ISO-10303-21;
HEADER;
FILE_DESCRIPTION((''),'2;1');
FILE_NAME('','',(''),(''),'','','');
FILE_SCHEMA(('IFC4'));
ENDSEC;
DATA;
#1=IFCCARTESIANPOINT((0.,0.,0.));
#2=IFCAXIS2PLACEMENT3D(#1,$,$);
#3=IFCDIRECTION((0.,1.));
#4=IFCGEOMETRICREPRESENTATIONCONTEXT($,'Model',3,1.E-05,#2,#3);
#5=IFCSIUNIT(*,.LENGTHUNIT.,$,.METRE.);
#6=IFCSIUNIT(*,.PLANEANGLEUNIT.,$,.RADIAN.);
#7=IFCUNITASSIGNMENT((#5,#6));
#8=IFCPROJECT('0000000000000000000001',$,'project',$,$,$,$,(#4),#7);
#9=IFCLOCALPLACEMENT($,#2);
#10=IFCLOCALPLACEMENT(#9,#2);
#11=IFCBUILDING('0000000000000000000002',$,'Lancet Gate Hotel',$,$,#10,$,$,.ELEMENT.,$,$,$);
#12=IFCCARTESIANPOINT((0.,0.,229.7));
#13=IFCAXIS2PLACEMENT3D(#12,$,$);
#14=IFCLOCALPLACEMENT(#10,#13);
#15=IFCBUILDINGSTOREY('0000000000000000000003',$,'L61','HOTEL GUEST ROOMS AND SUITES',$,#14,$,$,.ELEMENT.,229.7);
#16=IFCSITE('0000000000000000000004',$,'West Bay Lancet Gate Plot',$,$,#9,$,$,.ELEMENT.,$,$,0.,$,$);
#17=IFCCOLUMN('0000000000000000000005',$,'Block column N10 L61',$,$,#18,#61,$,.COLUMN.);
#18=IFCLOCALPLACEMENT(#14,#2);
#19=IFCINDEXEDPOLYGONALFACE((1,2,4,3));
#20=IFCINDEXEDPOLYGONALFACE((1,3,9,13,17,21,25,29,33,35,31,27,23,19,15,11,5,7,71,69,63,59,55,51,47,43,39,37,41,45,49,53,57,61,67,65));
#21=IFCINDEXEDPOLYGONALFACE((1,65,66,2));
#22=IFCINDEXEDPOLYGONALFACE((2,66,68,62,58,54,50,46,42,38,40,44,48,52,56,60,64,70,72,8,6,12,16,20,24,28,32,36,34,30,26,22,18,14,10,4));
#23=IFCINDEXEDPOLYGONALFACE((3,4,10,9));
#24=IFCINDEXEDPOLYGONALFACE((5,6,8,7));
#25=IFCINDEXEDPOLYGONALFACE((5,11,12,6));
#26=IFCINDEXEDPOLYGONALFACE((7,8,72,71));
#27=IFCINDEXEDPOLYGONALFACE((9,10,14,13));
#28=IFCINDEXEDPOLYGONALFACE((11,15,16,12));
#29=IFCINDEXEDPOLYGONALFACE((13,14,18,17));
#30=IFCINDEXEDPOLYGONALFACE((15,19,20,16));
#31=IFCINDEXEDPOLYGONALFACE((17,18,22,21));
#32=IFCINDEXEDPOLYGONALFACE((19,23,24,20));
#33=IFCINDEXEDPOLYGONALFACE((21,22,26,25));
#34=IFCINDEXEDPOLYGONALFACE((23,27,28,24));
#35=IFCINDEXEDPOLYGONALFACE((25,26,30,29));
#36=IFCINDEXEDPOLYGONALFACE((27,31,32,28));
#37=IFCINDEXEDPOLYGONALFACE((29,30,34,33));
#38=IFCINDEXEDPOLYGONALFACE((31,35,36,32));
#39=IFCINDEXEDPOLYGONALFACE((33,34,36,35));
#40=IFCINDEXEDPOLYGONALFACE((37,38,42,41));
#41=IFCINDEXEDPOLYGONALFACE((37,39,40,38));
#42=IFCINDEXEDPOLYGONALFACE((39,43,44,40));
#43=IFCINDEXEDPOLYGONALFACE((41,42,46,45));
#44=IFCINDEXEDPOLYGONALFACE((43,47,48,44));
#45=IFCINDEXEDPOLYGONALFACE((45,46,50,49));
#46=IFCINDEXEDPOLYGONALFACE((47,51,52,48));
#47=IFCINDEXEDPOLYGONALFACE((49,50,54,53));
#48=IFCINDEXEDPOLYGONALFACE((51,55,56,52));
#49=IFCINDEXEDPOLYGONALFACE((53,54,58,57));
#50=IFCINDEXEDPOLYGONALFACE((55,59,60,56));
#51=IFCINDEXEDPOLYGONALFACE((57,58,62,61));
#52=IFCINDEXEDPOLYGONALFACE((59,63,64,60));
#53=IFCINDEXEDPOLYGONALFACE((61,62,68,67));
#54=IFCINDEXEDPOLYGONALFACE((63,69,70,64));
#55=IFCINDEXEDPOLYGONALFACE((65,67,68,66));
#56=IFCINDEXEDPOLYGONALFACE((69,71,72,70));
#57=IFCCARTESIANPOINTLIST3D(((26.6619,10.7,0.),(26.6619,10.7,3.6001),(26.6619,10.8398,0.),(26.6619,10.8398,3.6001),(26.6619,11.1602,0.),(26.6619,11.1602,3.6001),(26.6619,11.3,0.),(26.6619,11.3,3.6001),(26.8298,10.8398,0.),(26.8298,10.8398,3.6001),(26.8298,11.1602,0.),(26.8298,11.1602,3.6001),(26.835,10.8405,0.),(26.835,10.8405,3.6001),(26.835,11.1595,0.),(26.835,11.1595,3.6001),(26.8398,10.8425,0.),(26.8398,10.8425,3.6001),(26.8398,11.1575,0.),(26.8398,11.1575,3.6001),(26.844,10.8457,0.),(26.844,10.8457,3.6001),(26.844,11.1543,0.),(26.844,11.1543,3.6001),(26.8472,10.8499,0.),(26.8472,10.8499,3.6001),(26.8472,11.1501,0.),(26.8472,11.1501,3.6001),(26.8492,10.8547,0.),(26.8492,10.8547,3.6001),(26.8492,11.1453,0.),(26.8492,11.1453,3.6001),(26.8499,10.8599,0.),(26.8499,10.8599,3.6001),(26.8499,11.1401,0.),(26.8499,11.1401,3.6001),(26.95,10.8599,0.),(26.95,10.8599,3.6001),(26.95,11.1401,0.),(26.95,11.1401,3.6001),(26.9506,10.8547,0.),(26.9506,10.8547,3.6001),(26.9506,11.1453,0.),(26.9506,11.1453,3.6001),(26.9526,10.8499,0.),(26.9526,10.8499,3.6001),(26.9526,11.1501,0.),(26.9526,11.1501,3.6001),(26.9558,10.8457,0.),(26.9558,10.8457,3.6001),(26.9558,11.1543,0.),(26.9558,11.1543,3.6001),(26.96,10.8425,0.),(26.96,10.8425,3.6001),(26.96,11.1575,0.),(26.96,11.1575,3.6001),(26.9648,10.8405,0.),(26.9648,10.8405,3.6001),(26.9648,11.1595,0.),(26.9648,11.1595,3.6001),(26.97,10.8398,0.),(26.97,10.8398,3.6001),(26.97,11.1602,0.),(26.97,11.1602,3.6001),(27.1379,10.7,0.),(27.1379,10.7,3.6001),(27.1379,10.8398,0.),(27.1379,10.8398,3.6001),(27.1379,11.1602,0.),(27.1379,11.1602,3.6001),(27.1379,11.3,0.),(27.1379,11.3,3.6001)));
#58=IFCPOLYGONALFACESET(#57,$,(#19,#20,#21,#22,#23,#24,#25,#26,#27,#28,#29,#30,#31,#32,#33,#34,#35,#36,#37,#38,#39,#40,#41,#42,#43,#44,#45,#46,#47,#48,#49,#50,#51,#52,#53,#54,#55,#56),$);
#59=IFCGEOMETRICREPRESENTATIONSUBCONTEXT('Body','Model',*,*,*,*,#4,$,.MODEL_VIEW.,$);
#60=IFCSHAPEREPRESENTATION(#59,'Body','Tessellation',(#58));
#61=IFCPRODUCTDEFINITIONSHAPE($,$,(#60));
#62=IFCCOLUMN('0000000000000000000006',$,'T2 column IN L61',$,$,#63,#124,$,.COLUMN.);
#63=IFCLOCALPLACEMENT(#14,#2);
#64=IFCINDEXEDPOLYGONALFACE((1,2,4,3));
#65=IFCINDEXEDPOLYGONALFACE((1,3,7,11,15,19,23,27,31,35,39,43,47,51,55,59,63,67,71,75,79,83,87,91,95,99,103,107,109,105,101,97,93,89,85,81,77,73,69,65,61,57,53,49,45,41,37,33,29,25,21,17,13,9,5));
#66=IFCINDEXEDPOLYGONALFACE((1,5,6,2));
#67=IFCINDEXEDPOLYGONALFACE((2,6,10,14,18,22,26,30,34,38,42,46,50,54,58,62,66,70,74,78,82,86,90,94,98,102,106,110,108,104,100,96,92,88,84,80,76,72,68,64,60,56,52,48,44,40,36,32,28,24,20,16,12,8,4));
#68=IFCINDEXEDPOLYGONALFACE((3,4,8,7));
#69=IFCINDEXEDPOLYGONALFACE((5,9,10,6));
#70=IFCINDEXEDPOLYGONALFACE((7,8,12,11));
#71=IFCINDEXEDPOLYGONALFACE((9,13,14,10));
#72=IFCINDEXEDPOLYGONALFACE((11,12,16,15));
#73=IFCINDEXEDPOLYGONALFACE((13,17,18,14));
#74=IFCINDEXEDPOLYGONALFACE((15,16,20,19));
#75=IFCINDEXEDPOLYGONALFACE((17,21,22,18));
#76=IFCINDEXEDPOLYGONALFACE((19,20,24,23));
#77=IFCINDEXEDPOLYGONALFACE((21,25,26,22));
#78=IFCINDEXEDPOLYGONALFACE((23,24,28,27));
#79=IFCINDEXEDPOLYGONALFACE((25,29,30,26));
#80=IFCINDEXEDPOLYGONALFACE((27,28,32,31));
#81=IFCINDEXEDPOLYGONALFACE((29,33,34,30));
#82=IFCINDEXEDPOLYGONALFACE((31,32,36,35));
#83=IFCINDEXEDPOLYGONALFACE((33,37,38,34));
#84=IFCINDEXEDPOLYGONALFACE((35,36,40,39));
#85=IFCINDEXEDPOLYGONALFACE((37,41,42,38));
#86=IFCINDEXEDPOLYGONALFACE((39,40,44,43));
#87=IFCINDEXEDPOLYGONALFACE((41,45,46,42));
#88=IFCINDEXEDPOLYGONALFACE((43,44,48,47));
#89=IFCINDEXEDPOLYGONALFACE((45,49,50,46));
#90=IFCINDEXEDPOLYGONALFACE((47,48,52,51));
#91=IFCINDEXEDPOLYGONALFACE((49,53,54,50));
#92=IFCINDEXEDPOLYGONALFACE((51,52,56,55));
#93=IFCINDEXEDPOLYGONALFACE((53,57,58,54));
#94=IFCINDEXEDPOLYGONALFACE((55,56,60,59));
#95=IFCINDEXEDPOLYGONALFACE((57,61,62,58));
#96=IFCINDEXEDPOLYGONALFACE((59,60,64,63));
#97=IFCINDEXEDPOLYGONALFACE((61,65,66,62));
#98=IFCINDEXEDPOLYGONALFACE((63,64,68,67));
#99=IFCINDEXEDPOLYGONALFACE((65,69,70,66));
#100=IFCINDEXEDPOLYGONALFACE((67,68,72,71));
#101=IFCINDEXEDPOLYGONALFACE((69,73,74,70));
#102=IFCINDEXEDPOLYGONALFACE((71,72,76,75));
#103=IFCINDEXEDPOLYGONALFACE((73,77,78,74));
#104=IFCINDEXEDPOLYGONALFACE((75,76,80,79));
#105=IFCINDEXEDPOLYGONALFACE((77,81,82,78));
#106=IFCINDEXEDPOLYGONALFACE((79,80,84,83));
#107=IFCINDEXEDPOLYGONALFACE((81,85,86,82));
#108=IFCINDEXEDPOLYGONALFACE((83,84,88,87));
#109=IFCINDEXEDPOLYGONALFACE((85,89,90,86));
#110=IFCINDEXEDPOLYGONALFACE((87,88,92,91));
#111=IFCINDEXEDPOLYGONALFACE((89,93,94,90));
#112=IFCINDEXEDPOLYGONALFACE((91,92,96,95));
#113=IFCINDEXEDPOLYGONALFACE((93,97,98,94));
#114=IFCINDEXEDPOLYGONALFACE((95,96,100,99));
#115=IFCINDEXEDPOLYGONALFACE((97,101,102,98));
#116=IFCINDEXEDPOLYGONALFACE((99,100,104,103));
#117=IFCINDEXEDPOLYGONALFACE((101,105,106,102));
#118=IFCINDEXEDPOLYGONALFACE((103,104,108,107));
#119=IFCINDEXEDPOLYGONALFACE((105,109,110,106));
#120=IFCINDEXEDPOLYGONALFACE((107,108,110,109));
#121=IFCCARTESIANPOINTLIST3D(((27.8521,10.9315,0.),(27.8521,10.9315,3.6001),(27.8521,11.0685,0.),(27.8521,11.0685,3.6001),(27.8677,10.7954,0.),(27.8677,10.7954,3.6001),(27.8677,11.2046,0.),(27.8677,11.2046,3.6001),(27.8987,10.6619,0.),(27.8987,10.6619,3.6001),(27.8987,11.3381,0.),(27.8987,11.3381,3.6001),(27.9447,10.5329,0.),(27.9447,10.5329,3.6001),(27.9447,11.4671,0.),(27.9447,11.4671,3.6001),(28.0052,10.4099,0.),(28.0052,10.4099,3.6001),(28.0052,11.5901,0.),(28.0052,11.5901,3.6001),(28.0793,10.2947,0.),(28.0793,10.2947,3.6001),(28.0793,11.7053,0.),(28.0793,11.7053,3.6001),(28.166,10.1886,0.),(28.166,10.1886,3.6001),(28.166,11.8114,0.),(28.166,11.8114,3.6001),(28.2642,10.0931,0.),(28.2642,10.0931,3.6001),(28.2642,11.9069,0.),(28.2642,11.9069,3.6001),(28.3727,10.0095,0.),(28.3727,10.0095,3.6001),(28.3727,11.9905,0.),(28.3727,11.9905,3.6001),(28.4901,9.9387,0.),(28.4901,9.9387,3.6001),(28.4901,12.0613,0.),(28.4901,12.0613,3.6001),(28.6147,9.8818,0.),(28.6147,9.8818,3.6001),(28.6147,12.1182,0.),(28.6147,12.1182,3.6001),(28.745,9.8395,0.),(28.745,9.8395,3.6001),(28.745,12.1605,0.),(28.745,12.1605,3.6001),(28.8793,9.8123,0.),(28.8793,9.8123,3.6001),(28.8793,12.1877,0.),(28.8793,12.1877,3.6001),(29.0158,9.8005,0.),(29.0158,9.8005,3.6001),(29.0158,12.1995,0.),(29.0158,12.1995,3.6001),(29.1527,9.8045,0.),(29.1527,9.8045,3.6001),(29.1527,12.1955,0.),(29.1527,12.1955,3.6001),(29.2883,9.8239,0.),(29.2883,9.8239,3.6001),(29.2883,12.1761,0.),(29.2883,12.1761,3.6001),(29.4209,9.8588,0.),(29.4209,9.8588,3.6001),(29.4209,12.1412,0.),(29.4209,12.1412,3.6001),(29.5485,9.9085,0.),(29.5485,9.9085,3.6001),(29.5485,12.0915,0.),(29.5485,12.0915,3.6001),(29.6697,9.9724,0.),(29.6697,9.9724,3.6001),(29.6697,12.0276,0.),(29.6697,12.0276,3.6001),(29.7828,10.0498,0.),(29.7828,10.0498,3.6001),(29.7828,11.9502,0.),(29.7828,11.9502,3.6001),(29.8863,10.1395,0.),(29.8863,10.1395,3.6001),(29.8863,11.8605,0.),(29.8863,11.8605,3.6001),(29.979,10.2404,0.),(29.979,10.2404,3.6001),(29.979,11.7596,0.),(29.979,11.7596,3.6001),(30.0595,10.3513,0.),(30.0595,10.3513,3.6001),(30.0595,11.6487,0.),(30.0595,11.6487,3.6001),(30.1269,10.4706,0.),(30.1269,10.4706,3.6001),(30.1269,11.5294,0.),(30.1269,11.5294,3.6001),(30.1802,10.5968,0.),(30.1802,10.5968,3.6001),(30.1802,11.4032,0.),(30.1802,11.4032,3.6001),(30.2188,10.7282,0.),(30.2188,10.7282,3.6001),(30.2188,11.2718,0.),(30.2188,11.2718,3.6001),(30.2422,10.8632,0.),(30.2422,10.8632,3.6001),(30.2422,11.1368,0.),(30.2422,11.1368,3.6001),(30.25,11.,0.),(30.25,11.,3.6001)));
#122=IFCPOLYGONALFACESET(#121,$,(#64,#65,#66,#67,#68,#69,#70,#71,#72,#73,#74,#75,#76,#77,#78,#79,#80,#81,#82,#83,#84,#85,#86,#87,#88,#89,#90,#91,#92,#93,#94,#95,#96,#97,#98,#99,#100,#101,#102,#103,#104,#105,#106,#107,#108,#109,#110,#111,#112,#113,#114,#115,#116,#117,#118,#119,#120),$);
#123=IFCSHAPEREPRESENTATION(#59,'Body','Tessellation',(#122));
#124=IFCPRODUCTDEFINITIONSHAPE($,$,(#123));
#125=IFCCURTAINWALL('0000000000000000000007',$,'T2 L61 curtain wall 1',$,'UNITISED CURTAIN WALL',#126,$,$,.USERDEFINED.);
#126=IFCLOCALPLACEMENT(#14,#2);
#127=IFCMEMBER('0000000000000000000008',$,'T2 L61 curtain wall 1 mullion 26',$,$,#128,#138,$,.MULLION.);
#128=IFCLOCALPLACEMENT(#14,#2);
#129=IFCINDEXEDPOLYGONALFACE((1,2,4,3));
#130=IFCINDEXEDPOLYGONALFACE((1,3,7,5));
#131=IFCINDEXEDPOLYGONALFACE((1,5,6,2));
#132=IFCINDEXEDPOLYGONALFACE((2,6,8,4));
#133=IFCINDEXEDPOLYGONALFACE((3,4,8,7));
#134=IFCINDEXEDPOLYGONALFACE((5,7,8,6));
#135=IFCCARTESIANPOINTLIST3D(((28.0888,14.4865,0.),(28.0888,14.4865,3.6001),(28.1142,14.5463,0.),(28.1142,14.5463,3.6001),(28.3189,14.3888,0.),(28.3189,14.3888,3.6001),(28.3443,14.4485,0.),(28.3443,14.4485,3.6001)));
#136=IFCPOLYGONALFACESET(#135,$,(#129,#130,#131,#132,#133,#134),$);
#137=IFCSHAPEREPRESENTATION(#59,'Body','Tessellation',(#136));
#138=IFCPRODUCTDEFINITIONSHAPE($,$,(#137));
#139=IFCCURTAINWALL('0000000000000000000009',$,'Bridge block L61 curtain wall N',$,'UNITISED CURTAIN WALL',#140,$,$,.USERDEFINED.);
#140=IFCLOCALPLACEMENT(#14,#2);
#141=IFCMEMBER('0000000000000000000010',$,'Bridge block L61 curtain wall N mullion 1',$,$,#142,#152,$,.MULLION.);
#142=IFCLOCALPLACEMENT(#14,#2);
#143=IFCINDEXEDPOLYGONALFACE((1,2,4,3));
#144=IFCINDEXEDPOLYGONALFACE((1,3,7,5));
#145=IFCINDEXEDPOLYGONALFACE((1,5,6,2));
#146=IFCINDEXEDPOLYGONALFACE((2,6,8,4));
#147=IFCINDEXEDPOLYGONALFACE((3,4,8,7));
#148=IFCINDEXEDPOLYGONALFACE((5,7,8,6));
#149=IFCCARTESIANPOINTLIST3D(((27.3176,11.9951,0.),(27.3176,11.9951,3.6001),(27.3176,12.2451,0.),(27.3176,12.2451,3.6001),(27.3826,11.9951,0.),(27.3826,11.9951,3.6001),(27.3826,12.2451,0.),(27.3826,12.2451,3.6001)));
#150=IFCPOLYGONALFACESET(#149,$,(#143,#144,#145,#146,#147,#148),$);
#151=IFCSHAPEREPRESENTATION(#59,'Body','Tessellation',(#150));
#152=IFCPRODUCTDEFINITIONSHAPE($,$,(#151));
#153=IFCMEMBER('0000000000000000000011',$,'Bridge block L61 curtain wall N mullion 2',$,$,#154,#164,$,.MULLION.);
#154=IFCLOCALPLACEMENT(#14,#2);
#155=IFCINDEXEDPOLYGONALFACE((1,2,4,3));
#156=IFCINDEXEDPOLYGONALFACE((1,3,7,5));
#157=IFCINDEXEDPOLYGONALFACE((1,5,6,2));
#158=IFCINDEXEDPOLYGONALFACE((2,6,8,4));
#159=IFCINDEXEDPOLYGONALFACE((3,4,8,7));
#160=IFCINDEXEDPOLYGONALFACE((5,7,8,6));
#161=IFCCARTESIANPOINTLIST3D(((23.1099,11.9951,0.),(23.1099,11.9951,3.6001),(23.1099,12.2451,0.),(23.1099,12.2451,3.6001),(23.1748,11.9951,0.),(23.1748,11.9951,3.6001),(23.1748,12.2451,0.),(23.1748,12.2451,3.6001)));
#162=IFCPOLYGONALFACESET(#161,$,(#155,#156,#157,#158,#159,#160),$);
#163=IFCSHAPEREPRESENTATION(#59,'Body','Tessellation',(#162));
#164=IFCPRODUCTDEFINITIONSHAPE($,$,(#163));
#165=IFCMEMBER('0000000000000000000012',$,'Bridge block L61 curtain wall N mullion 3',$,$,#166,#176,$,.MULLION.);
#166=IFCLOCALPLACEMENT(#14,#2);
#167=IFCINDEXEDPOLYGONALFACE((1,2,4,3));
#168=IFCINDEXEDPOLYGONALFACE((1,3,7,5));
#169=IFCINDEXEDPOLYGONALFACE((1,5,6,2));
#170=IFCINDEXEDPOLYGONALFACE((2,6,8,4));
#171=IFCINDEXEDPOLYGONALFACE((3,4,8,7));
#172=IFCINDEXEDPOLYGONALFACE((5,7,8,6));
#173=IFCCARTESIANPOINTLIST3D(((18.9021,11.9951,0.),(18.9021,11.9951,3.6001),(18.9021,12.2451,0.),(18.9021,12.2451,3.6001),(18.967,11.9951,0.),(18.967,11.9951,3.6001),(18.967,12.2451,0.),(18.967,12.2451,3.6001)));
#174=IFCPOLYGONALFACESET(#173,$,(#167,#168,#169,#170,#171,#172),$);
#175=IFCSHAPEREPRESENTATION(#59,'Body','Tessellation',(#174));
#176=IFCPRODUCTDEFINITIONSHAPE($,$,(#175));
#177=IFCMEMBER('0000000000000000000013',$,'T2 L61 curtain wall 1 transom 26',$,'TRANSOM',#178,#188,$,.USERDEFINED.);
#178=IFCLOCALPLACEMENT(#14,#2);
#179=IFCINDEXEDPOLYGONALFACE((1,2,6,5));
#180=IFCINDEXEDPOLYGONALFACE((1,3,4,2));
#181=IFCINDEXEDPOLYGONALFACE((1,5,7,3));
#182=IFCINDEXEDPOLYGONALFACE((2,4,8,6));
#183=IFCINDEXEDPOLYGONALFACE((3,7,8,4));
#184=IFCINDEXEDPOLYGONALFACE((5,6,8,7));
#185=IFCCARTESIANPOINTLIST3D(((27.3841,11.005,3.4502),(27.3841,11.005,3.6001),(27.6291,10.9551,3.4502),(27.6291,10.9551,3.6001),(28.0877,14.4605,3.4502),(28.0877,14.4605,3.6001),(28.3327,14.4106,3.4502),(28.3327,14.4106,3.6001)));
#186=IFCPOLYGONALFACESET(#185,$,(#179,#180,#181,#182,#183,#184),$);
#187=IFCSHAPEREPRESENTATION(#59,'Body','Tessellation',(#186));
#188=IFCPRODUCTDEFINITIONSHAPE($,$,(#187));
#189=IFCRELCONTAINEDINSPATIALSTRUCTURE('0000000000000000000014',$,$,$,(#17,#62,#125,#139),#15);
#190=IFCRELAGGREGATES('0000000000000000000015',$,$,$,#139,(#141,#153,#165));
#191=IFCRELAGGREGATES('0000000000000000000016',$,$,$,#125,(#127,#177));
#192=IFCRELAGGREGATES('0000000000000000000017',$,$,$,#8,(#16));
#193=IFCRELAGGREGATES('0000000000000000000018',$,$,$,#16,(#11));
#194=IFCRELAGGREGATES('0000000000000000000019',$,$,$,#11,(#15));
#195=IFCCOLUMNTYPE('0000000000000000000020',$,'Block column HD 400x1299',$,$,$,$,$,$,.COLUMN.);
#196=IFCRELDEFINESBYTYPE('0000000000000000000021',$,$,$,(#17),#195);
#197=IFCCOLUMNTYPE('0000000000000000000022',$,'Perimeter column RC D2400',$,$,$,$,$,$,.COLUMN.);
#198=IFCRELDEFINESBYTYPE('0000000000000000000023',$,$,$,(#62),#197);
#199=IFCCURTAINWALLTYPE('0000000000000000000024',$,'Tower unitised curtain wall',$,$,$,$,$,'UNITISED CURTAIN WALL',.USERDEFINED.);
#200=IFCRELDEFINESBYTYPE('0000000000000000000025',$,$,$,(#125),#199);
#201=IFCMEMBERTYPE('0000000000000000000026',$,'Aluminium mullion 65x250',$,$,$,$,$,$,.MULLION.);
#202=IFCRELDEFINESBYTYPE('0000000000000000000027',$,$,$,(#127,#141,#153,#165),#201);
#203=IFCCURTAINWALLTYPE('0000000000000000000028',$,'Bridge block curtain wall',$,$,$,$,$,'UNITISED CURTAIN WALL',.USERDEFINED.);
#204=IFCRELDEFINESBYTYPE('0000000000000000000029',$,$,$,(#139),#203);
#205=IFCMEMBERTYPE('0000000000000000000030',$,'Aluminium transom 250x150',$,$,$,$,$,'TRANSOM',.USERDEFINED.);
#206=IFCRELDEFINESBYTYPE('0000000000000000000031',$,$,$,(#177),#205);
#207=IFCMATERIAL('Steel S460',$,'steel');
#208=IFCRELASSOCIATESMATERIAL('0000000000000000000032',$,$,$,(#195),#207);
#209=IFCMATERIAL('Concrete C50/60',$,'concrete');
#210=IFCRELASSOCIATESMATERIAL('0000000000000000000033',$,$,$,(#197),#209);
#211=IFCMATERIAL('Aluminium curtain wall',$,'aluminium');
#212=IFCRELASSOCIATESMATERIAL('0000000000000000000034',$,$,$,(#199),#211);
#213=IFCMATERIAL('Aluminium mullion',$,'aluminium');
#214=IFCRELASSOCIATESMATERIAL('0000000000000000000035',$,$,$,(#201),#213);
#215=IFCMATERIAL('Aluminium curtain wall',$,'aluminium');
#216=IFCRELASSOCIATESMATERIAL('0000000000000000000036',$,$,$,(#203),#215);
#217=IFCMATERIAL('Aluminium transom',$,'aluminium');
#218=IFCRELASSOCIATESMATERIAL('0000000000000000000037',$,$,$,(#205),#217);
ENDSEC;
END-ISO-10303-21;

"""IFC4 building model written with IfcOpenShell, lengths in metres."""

from ifc_helpers import new_model, si_unit, direction, frame, origin, origin_2d, place, context, subcontext, project, spatial, rectangle, circle, i_section, extrude, material, material_profile, profile_set, type_object, element, aggregate, save


model = new_model("IFC4")

# Units and contexts
model_context = context("Model", 3, precision=1e-05, world=origin(), true_north=direction((0.0, 1.0)))
body_context = subcontext(model_context, "Body", "Model", "MODEL_VIEW")
ifc_project = project(units=[si_unit("LENGTHUNIT", "METRE"), si_unit("PLANEANGLEUNIT", "RADIAN")], contexts=[model_context])

# Site, building, storey
site_placement = place(None, origin())
site = spatial("IfcSite", under=ifc_project, at=site_placement, Name="West Bay Lancet Gate Plot", CompositionType="ELEMENT", RefElevation=0.0)
building_placement = place(site_placement, origin())
building = spatial("IfcBuilding", under=site, at=building_placement, Name="Lancet Gate Hotel", CompositionType="ELEMENT")
storey_placement = place(building_placement, frame((0.0, 0.0, 229.7)))
storey = spatial("IfcBuildingStorey", under=building, at=storey_placement, Name="L61", Description="HOTEL GUEST ROOMS AND SUITES", CompositionType="ELEMENT", Elevation=229.7)

# Columns
ifc_material_1 = material(Name="Steel S460", Category="steel")
ifc_material_profile_1 = material_profile(ifc_material_1, i_section(OverallWidth=0.4761, OverallDepth=0.6001, WebThickness=0.1001, FlangeThickness=0.1399, FilletRadius=0.02, at=origin_2d()), Name="HD 400x1299")
ifc_profile_set_1 = profile_set([ifc_material_profile_1], Name="Steel S460")
column_type_1 = type_object("IfcColumnType", Name="Block column HD 400x1299", PredefinedType="COLUMN", material=ifc_profile_set_1)
column_1_placement = place(storey_placement, frame((26.8999, 11.0, 0.0), z_axis=(0.0, 0.0, 1.0), x_axis=(1.0, 0.0, 0.0)))
element("IfcColumn", 1, at=column_1_placement, inside=storey, type_object=column_type_1, Name="Block column N10 L61", PredefinedType="COLUMN", context=body_context, shape_type="SweptSolid", body=[
    extrude(i_section(OverallWidth=0.4761, OverallDepth=0.6001, WebThickness=0.1001, FlangeThickness=0.1399, FilletRadius=0.02, at=origin_2d()), origin(), (0.0, 0.0, 1.0), 3.6001),
])
ifc_material_2 = material(Name="Concrete C50/60", Category="concrete")
ifc_material_profile_2 = material_profile(ifc_material_2, circle(Radius=1.2, at=origin_2d()), Name="RC D2400")
ifc_profile_set_2 = profile_set([ifc_material_profile_2], Name="Concrete C50/60")
column_type_2 = type_object("IfcColumnType", Name="Perimeter column RC D2400", PredefinedType="COLUMN", material=ifc_profile_set_2)
column_2_placement = place(storey_placement, frame((29.05, 11.0, 0.0), z_axis=(0.0, 0.0, 1.0), x_axis=(1.0, 0.0, 0.0)))
element("IfcColumn", 2, at=column_2_placement, inside=storey, type_object=column_type_2, Name="T2 column IN L61", PredefinedType="COLUMN", context=body_context, shape_type="SweptSolid", body=[
    extrude(circle(Radius=1.2, at=origin_2d()), origin(), (0.0, 0.0, 1.0), 3.6001),
])

# Curtain wall, member
ifc_material_3 = material(Name="Aluminium curtain wall", Category="aluminium")
curtain_wall_type_1 = type_object("IfcCurtainWallType", Name="Tower unitised curtain wall", ElementType="UNITISED CURTAIN WALL", PredefinedType="USERDEFINED", material=ifc_material_3)
curtain_wall_1_placement = place(storey_placement, origin())
curtain_wall_1 = element("IfcCurtainWall", 3, at=curtain_wall_1_placement, inside=storey, type_object=curtain_wall_type_1, Name="T2 L61 curtain wall 1", ObjectType="UNITISED CURTAIN WALL", PredefinedType="USERDEFINED")
ifc_material_4 = material(Name="Aluminium mullion", Category="aluminium")
ifc_material_profile_3 = material_profile(ifc_material_4, rectangle(XDim=0.0649, YDim=0.25, at=origin_2d()), Name="MULLION 65x250")
ifc_profile_set_3 = profile_set([ifc_material_profile_3], Name="Aluminium mullion")
member_type_1 = type_object("IfcMemberType", Name="Aluminium mullion 65x250", PredefinedType="MULLION", material=ifc_profile_set_3)
member_1_placement = place(storey_placement, frame((28.2166, 14.4675, 0.0), z_axis=(0.0, 0.0, 1.0), x_axis=(-0.391042, -0.920373, 0.0)))
member_1 = element("IfcMember", 4, at=member_1_placement, type_object=member_type_1, Name="T2 L61 curtain wall 1 mullion 26", PredefinedType="MULLION", context=body_context, shape_type="SweptSolid", body=[
    extrude(rectangle(XDim=0.0649, YDim=0.25, at=origin_2d()), origin(), (0.0, 0.0, 1.0), 3.6001),
])

# Curtain wall, members
ifc_material_5 = material(Name="Aluminium curtain wall", Category="aluminium")
curtain_wall_type_2 = type_object("IfcCurtainWallType", Name="Bridge block curtain wall", ElementType="UNITISED CURTAIN WALL", PredefinedType="USERDEFINED", material=ifc_material_5)
curtain_wall_2_placement = place(storey_placement, origin())
curtain_wall_2 = element("IfcCurtainWall", 5, at=curtain_wall_2_placement, inside=storey, type_object=curtain_wall_type_2, Name="Bridge block L61 curtain wall N", ObjectType="UNITISED CURTAIN WALL", PredefinedType="USERDEFINED")
member_2_placement = place(storey_placement, frame((27.3501, 12.1201, 0.0), z_axis=(0.0, 0.0, 1.0), x_axis=(-1.0, 0.0, 0.0)))
member_2 = element("IfcMember", 6, at=member_2_placement, type_object=member_type_1, Name="Bridge block L61 curtain wall N mullion 1", PredefinedType="MULLION", context=body_context, shape_type="SweptSolid", body=[
    extrude(rectangle(XDim=0.0649, YDim=0.25, at=origin_2d()), origin(), (0.0, 0.0, 1.0), 3.6001),
])
member_3_placement = place(storey_placement, frame((23.1423, 12.1201, 0.0), z_axis=(0.0, 0.0, 1.0), x_axis=(-1.0, 0.0, 0.0)))
member_3 = element("IfcMember", 7, at=member_3_placement, type_object=member_type_1, Name="Bridge block L61 curtain wall N mullion 2", PredefinedType="MULLION", context=body_context, shape_type="SweptSolid", body=[
    extrude(rectangle(XDim=0.0649, YDim=0.25, at=origin_2d()), origin(), (0.0, 0.0, 1.0), 3.6001),
])
member_4_placement = place(storey_placement, frame((18.9346, 12.1201, 0.0), z_axis=(0.0, 0.0, 1.0), x_axis=(-1.0, 0.0, 0.0)))
member_4 = element("IfcMember", 8, at=member_4_placement, type_object=member_type_1, Name="Bridge block L61 curtain wall N mullion 3", PredefinedType="MULLION", context=body_context, shape_type="SweptSolid", body=[
    extrude(rectangle(XDim=0.0649, YDim=0.25, at=origin_2d()), origin(), (0.0, 0.0, 1.0), 3.6001),
])

# Member
ifc_material_6 = material(Name="Aluminium transom", Category="aluminium")
ifc_material_profile_4 = material_profile(ifc_material_6, rectangle(XDim=0.25, YDim=0.1499, at=origin_2d()), Name="TRANSOM 250x150")
ifc_profile_set_4 = profile_set([ifc_material_profile_4], Name="Aluminium transom")
member_type_2 = type_object("IfcMemberType", Name="Aluminium transom 250x150", ElementType="TRANSOM", PredefinedType="USERDEFINED", material=ifc_profile_set_4)
member_5_placement = place(storey_placement, frame((28.2102, 14.4355, 3.5251), z_axis=(-0.199523, -0.979893, 0.0), x_axis=(0.979893, -0.199523, 0.0)))
member_5 = element("IfcMember", 9, at=member_5_placement, type_object=member_type_2, Name="T2 L61 curtain wall 1 transom 26", ObjectType="TRANSOM", PredefinedType="USERDEFINED", context=body_context, shape_type="SweptSolid", body=[
    extrude(rectangle(XDim=0.25, YDim=0.1499, at=origin_2d()), origin(), (0.0, 0.0, 1.0), 3.5264),
])

aggregate(curtain_wall_2, [member_2, member_3, member_4])
aggregate(curtain_wall_1, [member_1, member_5])

save(model, "model.ifc")
